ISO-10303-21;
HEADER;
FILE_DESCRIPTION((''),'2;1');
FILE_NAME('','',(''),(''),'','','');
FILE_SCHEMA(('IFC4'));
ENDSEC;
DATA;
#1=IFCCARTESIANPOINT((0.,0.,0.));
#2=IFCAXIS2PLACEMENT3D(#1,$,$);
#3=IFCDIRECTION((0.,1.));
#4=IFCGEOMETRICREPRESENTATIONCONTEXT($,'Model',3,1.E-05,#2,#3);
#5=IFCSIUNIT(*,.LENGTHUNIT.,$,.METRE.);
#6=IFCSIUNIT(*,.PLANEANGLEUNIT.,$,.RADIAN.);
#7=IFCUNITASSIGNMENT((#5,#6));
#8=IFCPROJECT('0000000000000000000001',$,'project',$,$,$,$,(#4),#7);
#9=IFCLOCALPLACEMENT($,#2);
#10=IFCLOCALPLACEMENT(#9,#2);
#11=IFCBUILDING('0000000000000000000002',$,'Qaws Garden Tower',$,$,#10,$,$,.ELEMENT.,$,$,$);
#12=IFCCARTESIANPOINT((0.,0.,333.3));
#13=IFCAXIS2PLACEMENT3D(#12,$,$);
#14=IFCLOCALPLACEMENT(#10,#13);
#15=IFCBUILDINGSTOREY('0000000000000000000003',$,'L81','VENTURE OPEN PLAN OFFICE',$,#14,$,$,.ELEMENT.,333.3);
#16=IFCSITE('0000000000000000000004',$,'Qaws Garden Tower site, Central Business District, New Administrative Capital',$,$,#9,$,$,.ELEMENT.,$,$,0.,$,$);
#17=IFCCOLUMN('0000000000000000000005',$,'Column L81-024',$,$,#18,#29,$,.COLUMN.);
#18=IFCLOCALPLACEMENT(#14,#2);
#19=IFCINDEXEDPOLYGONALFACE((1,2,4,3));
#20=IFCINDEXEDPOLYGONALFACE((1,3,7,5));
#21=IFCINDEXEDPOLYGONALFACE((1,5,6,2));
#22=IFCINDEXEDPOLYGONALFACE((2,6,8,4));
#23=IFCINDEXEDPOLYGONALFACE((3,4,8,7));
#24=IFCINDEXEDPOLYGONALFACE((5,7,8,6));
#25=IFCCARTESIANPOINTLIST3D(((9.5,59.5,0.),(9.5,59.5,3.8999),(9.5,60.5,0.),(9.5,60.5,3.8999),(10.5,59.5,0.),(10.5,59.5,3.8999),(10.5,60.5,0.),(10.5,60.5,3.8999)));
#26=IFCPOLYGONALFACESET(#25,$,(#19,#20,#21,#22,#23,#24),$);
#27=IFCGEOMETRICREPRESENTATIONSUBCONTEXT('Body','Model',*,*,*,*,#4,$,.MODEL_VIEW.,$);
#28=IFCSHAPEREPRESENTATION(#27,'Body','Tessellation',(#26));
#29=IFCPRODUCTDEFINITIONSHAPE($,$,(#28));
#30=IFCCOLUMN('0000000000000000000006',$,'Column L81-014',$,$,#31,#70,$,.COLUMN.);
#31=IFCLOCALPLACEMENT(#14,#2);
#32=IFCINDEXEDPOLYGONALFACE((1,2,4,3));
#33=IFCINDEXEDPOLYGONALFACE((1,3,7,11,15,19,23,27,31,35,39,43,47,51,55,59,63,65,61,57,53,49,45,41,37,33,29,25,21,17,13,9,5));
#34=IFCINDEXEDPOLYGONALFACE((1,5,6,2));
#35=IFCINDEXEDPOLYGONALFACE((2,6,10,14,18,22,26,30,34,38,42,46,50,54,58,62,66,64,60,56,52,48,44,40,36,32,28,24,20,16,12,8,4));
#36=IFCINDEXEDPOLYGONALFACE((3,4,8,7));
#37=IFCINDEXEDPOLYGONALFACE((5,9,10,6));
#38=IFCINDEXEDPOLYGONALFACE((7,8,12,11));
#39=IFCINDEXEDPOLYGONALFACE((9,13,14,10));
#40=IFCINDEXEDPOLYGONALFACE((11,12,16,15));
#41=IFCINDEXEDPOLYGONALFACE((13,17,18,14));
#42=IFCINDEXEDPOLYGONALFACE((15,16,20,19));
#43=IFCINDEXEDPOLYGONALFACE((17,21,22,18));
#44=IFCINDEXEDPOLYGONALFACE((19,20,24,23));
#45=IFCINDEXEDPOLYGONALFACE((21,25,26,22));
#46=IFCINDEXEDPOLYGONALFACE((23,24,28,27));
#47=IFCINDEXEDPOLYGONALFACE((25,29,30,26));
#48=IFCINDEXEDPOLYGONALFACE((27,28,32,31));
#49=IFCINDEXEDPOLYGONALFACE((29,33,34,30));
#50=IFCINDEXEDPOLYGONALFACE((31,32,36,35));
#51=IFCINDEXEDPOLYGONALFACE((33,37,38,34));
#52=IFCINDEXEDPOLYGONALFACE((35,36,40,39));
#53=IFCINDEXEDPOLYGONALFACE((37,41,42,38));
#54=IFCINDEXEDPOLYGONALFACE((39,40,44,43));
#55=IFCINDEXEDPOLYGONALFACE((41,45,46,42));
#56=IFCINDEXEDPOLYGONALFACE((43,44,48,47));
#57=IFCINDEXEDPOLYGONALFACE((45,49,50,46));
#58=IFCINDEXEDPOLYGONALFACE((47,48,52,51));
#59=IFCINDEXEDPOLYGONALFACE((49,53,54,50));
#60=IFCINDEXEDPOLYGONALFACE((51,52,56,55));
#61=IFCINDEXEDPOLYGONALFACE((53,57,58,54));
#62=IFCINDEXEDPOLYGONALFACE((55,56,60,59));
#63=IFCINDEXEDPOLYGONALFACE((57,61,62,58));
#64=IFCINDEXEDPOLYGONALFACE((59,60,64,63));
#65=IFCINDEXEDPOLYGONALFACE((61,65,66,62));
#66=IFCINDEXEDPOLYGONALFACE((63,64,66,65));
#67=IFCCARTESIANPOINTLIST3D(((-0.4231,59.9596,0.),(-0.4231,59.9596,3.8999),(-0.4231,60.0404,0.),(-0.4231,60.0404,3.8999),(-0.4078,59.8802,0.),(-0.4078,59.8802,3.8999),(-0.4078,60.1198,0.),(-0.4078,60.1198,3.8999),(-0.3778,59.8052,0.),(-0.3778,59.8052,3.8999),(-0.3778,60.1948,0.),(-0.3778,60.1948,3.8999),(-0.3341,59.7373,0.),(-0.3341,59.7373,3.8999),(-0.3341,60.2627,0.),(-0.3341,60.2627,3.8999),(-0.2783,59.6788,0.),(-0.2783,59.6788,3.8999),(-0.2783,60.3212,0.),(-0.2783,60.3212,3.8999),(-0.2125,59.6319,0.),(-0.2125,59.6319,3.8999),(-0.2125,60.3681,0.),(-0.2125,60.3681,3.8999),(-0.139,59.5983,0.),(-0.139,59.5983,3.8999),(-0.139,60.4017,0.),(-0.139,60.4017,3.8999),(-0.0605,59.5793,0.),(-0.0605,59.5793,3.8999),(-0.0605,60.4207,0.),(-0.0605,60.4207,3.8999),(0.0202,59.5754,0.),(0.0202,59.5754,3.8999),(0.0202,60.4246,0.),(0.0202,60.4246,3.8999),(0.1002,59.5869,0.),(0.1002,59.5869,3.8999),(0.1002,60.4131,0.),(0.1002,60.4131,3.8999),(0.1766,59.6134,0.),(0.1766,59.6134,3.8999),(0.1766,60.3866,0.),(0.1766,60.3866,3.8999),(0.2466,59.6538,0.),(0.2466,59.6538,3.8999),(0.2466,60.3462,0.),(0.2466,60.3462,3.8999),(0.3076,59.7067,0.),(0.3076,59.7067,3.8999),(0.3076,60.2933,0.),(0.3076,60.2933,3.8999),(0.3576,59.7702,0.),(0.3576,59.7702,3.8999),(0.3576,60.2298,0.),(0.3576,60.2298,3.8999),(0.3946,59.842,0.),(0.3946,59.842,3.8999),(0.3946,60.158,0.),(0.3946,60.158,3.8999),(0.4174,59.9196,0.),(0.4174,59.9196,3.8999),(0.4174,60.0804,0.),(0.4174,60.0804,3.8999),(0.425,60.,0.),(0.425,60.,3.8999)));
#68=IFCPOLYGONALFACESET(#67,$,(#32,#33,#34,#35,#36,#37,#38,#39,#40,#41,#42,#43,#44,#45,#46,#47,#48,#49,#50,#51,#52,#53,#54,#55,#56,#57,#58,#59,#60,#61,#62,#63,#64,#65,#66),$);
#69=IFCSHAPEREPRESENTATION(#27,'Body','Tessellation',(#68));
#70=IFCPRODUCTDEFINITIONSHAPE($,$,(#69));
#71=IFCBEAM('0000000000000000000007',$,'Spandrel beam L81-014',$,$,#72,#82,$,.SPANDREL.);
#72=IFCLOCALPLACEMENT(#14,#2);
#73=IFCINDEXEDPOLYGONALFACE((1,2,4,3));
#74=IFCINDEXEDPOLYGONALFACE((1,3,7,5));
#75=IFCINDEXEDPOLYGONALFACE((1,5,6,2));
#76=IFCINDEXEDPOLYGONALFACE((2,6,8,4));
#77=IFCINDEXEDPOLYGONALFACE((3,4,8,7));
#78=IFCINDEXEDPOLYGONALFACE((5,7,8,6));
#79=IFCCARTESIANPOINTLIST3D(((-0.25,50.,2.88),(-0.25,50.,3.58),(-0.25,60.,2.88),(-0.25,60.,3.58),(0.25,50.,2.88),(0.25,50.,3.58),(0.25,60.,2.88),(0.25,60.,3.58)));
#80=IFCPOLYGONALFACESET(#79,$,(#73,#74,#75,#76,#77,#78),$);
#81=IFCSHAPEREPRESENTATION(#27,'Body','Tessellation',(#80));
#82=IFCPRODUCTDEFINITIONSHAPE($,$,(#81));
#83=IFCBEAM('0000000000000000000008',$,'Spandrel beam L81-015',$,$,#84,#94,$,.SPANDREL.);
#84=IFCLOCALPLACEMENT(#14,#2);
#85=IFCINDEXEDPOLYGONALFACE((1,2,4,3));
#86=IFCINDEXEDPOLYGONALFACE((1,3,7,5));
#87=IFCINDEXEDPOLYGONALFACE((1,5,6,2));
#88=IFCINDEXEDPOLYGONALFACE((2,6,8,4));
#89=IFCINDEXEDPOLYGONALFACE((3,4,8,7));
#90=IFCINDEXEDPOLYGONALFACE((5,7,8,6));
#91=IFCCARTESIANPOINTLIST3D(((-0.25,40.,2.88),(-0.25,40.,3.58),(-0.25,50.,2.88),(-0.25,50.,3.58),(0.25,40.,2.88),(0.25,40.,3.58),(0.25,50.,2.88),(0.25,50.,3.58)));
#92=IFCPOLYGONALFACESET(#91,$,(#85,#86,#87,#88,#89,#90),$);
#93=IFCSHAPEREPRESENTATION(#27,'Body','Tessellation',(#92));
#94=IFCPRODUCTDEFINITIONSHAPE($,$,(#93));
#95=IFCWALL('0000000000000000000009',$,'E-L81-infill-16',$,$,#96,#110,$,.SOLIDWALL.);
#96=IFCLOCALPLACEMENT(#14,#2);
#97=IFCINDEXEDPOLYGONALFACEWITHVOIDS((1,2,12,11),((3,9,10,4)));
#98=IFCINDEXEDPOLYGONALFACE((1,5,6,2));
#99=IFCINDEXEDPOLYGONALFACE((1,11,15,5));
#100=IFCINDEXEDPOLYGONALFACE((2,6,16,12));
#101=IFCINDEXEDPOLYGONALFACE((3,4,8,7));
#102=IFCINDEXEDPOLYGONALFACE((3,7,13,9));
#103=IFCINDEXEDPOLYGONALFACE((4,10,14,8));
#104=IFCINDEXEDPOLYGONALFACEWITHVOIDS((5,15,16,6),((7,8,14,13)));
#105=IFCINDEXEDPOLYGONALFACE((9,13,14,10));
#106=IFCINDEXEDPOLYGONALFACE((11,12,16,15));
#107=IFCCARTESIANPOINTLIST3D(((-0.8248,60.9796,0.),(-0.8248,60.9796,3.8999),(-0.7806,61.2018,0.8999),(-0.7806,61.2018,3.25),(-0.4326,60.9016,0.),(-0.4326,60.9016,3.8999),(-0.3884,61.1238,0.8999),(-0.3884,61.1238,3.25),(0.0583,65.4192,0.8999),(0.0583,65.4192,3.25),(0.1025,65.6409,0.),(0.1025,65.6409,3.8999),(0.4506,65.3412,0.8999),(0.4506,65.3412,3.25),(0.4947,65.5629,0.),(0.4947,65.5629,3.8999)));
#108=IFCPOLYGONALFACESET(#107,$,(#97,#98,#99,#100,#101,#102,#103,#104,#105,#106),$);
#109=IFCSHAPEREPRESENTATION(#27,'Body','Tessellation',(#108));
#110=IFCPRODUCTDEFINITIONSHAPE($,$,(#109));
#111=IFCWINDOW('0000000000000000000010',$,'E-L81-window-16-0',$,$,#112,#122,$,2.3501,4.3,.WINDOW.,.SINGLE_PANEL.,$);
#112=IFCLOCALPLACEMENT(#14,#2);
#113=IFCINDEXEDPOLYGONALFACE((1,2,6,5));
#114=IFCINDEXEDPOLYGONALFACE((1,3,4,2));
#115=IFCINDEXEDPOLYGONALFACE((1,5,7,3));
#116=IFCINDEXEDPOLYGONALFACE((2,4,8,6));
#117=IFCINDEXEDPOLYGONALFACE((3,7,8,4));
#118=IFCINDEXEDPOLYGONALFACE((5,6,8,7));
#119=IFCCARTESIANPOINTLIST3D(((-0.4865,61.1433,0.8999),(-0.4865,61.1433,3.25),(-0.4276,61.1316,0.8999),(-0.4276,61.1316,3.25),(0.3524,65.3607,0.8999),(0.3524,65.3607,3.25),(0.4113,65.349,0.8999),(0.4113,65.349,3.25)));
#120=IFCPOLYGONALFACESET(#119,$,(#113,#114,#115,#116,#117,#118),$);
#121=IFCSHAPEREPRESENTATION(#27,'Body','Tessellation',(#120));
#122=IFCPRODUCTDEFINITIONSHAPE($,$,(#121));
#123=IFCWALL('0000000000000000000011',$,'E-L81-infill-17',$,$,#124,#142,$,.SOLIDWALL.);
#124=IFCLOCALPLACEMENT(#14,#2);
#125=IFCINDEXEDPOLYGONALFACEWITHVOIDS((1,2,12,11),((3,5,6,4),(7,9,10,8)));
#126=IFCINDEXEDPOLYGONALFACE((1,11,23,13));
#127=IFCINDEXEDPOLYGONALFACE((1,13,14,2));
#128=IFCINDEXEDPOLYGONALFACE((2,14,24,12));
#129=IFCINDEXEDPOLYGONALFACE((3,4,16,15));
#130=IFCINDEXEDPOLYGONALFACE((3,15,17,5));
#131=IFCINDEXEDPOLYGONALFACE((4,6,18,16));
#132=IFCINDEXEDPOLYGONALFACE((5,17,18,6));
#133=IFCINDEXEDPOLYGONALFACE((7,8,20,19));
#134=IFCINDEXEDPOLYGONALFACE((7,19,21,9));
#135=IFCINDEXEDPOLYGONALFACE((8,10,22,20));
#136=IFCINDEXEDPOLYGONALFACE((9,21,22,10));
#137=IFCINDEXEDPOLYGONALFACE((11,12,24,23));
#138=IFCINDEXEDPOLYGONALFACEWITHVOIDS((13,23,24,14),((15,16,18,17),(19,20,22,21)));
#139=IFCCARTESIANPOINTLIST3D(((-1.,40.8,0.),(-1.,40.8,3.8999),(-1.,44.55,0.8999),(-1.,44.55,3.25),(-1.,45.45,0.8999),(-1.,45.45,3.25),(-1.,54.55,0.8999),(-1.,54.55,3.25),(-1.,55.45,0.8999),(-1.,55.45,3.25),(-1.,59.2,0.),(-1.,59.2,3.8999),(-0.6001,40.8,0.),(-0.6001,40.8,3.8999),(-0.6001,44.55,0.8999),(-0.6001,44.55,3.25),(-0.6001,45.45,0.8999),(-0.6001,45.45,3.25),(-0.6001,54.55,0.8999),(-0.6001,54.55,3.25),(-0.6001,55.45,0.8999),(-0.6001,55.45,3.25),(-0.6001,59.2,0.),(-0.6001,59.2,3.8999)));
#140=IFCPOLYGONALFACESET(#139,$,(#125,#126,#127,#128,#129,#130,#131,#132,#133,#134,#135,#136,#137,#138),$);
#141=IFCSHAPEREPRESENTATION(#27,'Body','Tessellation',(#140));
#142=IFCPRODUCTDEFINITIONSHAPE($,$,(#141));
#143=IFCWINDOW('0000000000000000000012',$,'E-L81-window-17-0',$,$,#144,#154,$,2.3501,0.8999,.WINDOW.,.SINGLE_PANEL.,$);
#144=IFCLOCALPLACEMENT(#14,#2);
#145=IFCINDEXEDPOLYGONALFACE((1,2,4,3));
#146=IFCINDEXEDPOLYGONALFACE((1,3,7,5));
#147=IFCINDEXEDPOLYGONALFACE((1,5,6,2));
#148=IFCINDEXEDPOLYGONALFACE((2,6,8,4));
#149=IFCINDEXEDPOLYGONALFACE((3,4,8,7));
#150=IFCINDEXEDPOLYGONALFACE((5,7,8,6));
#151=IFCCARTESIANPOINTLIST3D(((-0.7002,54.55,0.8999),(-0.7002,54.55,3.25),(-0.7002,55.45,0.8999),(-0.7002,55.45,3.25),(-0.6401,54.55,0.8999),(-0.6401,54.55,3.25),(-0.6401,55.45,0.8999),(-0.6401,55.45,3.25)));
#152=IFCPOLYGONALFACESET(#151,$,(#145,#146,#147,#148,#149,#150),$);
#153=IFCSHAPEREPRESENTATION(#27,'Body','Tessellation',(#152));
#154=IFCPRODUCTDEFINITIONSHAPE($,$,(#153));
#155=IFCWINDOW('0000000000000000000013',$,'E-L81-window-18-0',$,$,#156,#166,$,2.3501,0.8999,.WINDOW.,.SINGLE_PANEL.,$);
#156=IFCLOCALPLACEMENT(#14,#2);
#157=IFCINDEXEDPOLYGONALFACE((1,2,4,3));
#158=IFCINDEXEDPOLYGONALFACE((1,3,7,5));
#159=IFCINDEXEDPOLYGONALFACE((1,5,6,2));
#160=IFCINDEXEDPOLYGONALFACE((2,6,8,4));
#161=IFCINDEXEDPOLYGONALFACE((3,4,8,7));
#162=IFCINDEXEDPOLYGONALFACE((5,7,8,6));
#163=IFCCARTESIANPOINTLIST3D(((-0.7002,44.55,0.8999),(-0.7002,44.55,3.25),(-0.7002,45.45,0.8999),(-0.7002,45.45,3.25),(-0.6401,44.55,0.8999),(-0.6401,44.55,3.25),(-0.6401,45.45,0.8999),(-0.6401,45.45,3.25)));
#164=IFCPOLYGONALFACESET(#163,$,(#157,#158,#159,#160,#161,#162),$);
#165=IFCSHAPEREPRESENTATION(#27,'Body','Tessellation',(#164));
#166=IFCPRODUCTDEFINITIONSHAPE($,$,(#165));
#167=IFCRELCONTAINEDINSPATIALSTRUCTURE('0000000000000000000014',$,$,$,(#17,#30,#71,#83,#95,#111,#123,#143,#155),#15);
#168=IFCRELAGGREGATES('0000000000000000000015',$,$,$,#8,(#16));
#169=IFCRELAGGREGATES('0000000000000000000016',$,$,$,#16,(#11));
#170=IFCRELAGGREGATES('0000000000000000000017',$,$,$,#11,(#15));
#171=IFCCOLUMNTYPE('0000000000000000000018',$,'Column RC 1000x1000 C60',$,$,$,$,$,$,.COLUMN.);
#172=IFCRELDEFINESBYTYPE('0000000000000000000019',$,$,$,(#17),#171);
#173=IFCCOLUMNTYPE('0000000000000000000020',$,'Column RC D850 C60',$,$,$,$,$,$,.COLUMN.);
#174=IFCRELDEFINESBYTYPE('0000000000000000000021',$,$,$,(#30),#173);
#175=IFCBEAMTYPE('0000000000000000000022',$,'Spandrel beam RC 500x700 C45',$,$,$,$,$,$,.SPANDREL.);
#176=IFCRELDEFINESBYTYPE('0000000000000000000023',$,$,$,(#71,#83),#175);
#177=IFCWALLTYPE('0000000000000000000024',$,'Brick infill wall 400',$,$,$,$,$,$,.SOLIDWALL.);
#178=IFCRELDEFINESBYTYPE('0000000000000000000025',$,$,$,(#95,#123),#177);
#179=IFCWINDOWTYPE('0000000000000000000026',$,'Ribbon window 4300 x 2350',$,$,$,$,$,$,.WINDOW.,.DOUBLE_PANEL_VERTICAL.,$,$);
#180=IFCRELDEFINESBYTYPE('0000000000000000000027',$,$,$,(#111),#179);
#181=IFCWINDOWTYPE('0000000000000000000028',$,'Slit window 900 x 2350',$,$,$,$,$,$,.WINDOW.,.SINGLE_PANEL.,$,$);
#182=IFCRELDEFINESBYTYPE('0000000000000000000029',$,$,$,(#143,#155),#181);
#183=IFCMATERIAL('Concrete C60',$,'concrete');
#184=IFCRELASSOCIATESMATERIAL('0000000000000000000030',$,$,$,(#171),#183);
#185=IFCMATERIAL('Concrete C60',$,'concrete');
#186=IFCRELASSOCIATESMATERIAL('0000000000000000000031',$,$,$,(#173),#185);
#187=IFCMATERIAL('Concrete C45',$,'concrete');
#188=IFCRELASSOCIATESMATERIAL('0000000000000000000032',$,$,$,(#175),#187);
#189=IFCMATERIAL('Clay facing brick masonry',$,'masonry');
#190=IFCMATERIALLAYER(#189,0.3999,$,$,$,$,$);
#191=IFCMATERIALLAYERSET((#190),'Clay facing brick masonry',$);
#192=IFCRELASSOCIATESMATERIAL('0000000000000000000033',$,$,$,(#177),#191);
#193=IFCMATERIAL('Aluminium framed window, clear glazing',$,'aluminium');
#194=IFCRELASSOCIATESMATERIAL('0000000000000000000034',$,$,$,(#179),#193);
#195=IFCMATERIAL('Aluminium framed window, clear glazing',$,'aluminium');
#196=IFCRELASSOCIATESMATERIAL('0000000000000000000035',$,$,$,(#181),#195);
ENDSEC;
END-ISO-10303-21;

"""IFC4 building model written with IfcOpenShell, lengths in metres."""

from ifc_helpers import new_model, si_unit, direction, frame, frame_2d, origin, origin_2d, place, context, subcontext, project, spatial, rectangle, circle, extrude, material, layer, layer_set, material_profile, profile_set, type_object, element, fill, save


model = new_model("IFC4")

# Units and contexts
model_context = context("Model", 3, precision=1e-05, world=origin(), true_north=direction((0.0, 1.0)))
body_context = subcontext(model_context, "Body", "Model", "MODEL_VIEW")
ifc_project = project(units=[si_unit("LENGTHUNIT", "METRE"), si_unit("PLANEANGLEUNIT", "RADIAN")], contexts=[model_context])

# Site, building, storey
site_placement = place(None, origin())
site = spatial("IfcSite", under=ifc_project, at=site_placement, Name="Qaws Garden Tower site, Central Business District, New Administrative Capital", CompositionType="ELEMENT", RefElevation=0.0)
building_placement = place(site_placement, origin())
building = spatial("IfcBuilding", under=site, at=building_placement, Name="Qaws Garden Tower", CompositionType="ELEMENT")
storey_placement = place(building_placement, frame((0.0, 0.0, 333.3)))
storey = spatial("IfcBuildingStorey", under=building, at=storey_placement, Name="L81", Description="VENTURE OPEN PLAN OFFICE", CompositionType="ELEMENT", Elevation=333.3)

# Columns
ifc_material_1 = material(Name="Concrete C60", Category="concrete")
ifc_material_profile_1 = material_profile(ifc_material_1, rectangle(XDim=1.0, YDim=1.0, at=origin_2d()), Name="RC 1000x1000")
ifc_profile_set_1 = profile_set([ifc_material_profile_1], Name="Concrete C60")
column_type_1 = type_object("IfcColumnType", Name="Column RC 1000x1000 C60", PredefinedType="COLUMN", material=ifc_profile_set_1)
column_1_placement = place(storey_placement, frame((10.0, 60.0, 0.0), z_axis=(0.0, 0.0, 1.0), x_axis=(1.0, 0.0, 0.0)))
element("IfcColumn", 1, at=column_1_placement, inside=storey, type_object=column_type_1, Name="Column L81-024", PredefinedType="COLUMN", context=body_context, shape_type="SweptSolid", body=[
    extrude(rectangle(XDim=1.0, YDim=1.0, at=origin_2d()), origin(), (0.0, 0.0, 1.0), 3.8999),
])
ifc_material_2 = material(Name="Concrete C60", Category="concrete")
ifc_material_profile_2 = material_profile(ifc_material_2, circle(Radius=0.425, at=origin_2d()), Name="RC D850")
ifc_profile_set_2 = profile_set([ifc_material_profile_2], Name="Concrete C60")
column_type_2 = type_object("IfcColumnType", Name="Column RC D850 C60", PredefinedType="COLUMN", material=ifc_profile_set_2)
column_2_placement = place(storey_placement, frame((0.0, 60.0, 0.0), z_axis=(0.0, 0.0, 1.0), x_axis=(1.0, 0.0, 0.0)))
element("IfcColumn", 2, at=column_2_placement, inside=storey, type_object=column_type_2, Name="Column L81-014", PredefinedType="COLUMN", context=body_context, shape_type="SweptSolid", body=[
    extrude(circle(Radius=0.425, at=origin_2d()), origin(), (0.0, 0.0, 1.0), 3.8999),
])

# Beams
ifc_material_3 = material(Name="Concrete C45", Category="concrete")
ifc_material_profile_3 = material_profile(ifc_material_3, rectangle(XDim=0.5, YDim=0.7, at=origin_2d()), Name="RC 500x700")
ifc_profile_set_3 = profile_set([ifc_material_profile_3], Name="Concrete C45")
beam_type = type_object("IfcBeamType", Name="Spandrel beam RC 500x700 C45", PredefinedType="SPANDREL", material=ifc_profile_set_3)
for number, where, z_axis, x_axis, name in (
    (3, (0.0, 60.0, 3.23), (0.0, -1.0, 0.0), (1.0, 0.0, 0.0), "Spandrel beam L81-014"),
    (4, (0.0, 50.0, 3.23), (0.0, -1.0, 0.0), (1.0, 0.0, 0.0), "Spandrel beam L81-015"),
):
    element("IfcBeam", number, at=place(storey_placement, frame(where, z_axis=z_axis, x_axis=x_axis)), inside=storey, type_object=beam_type, Name=name, PredefinedType="SPANDREL", context=body_context, shape_type="SweptSolid", body=[
        extrude(rectangle(XDim=0.5, YDim=0.7, at=origin_2d()), origin(), (0.0, 0.0, 1.0), 10.0),
    ])

# Wall, opening, window
ifc_material_4 = material(Name="Clay facing brick masonry", Category="masonry")
ifc_layer_1 = layer(ifc_material_4, 0.3999)
ifc_layer_set_1 = layer_set([ifc_layer_1], Name="Clay facing brick masonry")
wall_type_1 = type_object("IfcWallType", Name="Brick infill wall 400", PredefinedType="SOLIDWALL", material=ifc_layer_set_1)
wall_1_placement = place(storey_placement, frame((0.2986, 65.6021, 0.0), z_axis=(0.0, 0.0, 1.0), x_axis=(-0.195099, -0.980784, 0.0)))
wall_1 = element("IfcWall", 5, at=wall_1_placement, inside=storey, type_object=wall_type_1, Name="E-L81-infill-16", PredefinedType="SOLIDWALL", context=body_context, shape_type="SweptSolid", body=[
    extrude(rectangle(XDim=4.7527, YDim=0.3999, at=frame_2d((2.3765, 0.0))), origin(), (0.0, 0.0, 1.0), 3.8999),
])
opening_1_placement = place(wall_1_placement, frame((0.2263, 0.0, 0.8999)))
opening_1 = element("IfcOpeningElement", 6, at=opening_1_placement, cuts=wall_1, PredefinedType="OPENING", context=body_context, shape_type="SweptSolid", body=[
    extrude(rectangle(XDim=4.3, YDim=2.3501, at=frame_2d((2.1499, 1.175))), frame((0.0, 0.21, 0.0), z_axis=(0.0, -1.0, 0.0), x_axis=(1.0, 0.0, 0.0)), (0.0, 0.0, 1.0), 0.4199),
])
ifc_material_5 = material(Name="Aluminium framed window, clear glazing", Category="aluminium")
window_type_1 = type_object("IfcWindowType", Name="Ribbon window 4300 x 2350", PartitioningType="DOUBLE_PANEL_VERTICAL", PredefinedType="WINDOW", material=ifc_material_5)
window_1_placement = place(opening_1_placement, origin())
window_1 = element("IfcWindow", 7, at=window_1_placement, inside=storey, type_object=window_type_1, Name="E-L81-window-16-0", OverallHeight=2.3501, OverallWidth=4.3, PartitioningType="SINGLE_PANEL", PredefinedType="WINDOW", context=body_context, shape_type="SweptSolid", body=[
    extrude(rectangle(XDim=4.3, YDim=2.3501, at=frame_2d((2.1499, 1.175))), frame((0.0, 0.1599, 0.0), z_axis=(0.0, -1.0, 0.0), x_axis=(1.0, 0.0, 0.0)), (0.0, 0.0, 1.0), 0.0601),
])
fill(opening_1, window_1)

# Wall, openings, windows
wall_2_placement = place(storey_placement, frame((-0.8, 59.2, 0.0), z_axis=(0.0, 0.0, 1.0), x_axis=(0.0, -1.0, 0.0)))
wall_2 = element("IfcWall", 8, at=wall_2_placement, inside=storey, type_object=wall_type_1, Name="E-L81-infill-17", PredefinedType="SOLIDWALL", context=body_context, shape_type="SweptSolid", body=[
    extrude(rectangle(XDim=18.3999, YDim=0.3999, at=frame_2d((9.2, 0.0))), origin(), (0.0, 0.0, 1.0), 3.8999),
])
opening_2_placement = place(wall_2_placement, frame((3.75, 0.0, 0.8999)))
opening_2 = element("IfcOpeningElement", 9, at=opening_2_placement, cuts=wall_2, PredefinedType="OPENING", context=body_context, shape_type="SweptSolid", body=[
    extrude(rectangle(XDim=0.8999, YDim=2.3501, at=frame_2d((0.45, 1.175))), frame((0.0, 0.21, 0.0), z_axis=(0.0, -1.0, 0.0), x_axis=(1.0, 0.0, 0.0)), (0.0, 0.0, 1.0), 0.4199),
])
opening_3_placement = place(wall_2_placement, frame((13.75, 0.0, 0.8999)))
opening_3 = element("IfcOpeningElement", 10, at=opening_3_placement, cuts=wall_2, PredefinedType="OPENING", context=body_context, shape_type="SweptSolid", body=[
    extrude(rectangle(XDim=0.8999, YDim=2.3501, at=frame_2d((0.45, 1.175))), frame((0.0, 0.21, 0.0), z_axis=(0.0, -1.0, 0.0), x_axis=(1.0, 0.0, 0.0)), (0.0, 0.0, 1.0), 0.4199),
])
ifc_material_6 = material(Name="Aluminium framed window, clear glazing", Category="aluminium")
window_type_2 = type_object("IfcWindowType", Name="Slit window 900 x 2350", PartitioningType="SINGLE_PANEL", PredefinedType="WINDOW", material=ifc_material_6)
window_2_placement = place(opening_2_placement, origin())
window_2 = element("IfcWindow", 11, at=window_2_placement, inside=storey, type_object=window_type_2, Name="E-L81-window-17-0", OverallHeight=2.3501, OverallWidth=0.8999, PartitioningType="SINGLE_PANEL", PredefinedType="WINDOW", context=body_context, shape_type="SweptSolid", body=[
    extrude(rectangle(XDim=0.8999, YDim=2.3501, at=frame_2d((0.45, 1.175))), frame((0.0, 0.1599, 0.0), z_axis=(0.0, -1.0, 0.0), x_axis=(1.0, 0.0, 0.0)), (0.0, 0.0, 1.0), 0.0601),
])
fill(opening_2, window_2)
window_3_placement = place(opening_3_placement, origin())
window_3 = element("IfcWindow", 12, at=window_3_placement, inside=storey, type_object=window_type_2, Name="E-L81-window-18-0", OverallHeight=2.3501, OverallWidth=0.8999, PartitioningType="SINGLE_PANEL", PredefinedType="WINDOW", context=body_context, shape_type="SweptSolid", body=[
    extrude(rectangle(XDim=0.8999, YDim=2.3501, at=frame_2d((0.45, 1.175))), frame((0.0, 0.1599, 0.0), z_axis=(0.0, -1.0, 0.0), x_axis=(1.0, 0.0, 0.0)), (0.0, 0.0, 1.0), 0.0601),
])
fill(opening_3, window_3)

save(model, "model.ifc")
